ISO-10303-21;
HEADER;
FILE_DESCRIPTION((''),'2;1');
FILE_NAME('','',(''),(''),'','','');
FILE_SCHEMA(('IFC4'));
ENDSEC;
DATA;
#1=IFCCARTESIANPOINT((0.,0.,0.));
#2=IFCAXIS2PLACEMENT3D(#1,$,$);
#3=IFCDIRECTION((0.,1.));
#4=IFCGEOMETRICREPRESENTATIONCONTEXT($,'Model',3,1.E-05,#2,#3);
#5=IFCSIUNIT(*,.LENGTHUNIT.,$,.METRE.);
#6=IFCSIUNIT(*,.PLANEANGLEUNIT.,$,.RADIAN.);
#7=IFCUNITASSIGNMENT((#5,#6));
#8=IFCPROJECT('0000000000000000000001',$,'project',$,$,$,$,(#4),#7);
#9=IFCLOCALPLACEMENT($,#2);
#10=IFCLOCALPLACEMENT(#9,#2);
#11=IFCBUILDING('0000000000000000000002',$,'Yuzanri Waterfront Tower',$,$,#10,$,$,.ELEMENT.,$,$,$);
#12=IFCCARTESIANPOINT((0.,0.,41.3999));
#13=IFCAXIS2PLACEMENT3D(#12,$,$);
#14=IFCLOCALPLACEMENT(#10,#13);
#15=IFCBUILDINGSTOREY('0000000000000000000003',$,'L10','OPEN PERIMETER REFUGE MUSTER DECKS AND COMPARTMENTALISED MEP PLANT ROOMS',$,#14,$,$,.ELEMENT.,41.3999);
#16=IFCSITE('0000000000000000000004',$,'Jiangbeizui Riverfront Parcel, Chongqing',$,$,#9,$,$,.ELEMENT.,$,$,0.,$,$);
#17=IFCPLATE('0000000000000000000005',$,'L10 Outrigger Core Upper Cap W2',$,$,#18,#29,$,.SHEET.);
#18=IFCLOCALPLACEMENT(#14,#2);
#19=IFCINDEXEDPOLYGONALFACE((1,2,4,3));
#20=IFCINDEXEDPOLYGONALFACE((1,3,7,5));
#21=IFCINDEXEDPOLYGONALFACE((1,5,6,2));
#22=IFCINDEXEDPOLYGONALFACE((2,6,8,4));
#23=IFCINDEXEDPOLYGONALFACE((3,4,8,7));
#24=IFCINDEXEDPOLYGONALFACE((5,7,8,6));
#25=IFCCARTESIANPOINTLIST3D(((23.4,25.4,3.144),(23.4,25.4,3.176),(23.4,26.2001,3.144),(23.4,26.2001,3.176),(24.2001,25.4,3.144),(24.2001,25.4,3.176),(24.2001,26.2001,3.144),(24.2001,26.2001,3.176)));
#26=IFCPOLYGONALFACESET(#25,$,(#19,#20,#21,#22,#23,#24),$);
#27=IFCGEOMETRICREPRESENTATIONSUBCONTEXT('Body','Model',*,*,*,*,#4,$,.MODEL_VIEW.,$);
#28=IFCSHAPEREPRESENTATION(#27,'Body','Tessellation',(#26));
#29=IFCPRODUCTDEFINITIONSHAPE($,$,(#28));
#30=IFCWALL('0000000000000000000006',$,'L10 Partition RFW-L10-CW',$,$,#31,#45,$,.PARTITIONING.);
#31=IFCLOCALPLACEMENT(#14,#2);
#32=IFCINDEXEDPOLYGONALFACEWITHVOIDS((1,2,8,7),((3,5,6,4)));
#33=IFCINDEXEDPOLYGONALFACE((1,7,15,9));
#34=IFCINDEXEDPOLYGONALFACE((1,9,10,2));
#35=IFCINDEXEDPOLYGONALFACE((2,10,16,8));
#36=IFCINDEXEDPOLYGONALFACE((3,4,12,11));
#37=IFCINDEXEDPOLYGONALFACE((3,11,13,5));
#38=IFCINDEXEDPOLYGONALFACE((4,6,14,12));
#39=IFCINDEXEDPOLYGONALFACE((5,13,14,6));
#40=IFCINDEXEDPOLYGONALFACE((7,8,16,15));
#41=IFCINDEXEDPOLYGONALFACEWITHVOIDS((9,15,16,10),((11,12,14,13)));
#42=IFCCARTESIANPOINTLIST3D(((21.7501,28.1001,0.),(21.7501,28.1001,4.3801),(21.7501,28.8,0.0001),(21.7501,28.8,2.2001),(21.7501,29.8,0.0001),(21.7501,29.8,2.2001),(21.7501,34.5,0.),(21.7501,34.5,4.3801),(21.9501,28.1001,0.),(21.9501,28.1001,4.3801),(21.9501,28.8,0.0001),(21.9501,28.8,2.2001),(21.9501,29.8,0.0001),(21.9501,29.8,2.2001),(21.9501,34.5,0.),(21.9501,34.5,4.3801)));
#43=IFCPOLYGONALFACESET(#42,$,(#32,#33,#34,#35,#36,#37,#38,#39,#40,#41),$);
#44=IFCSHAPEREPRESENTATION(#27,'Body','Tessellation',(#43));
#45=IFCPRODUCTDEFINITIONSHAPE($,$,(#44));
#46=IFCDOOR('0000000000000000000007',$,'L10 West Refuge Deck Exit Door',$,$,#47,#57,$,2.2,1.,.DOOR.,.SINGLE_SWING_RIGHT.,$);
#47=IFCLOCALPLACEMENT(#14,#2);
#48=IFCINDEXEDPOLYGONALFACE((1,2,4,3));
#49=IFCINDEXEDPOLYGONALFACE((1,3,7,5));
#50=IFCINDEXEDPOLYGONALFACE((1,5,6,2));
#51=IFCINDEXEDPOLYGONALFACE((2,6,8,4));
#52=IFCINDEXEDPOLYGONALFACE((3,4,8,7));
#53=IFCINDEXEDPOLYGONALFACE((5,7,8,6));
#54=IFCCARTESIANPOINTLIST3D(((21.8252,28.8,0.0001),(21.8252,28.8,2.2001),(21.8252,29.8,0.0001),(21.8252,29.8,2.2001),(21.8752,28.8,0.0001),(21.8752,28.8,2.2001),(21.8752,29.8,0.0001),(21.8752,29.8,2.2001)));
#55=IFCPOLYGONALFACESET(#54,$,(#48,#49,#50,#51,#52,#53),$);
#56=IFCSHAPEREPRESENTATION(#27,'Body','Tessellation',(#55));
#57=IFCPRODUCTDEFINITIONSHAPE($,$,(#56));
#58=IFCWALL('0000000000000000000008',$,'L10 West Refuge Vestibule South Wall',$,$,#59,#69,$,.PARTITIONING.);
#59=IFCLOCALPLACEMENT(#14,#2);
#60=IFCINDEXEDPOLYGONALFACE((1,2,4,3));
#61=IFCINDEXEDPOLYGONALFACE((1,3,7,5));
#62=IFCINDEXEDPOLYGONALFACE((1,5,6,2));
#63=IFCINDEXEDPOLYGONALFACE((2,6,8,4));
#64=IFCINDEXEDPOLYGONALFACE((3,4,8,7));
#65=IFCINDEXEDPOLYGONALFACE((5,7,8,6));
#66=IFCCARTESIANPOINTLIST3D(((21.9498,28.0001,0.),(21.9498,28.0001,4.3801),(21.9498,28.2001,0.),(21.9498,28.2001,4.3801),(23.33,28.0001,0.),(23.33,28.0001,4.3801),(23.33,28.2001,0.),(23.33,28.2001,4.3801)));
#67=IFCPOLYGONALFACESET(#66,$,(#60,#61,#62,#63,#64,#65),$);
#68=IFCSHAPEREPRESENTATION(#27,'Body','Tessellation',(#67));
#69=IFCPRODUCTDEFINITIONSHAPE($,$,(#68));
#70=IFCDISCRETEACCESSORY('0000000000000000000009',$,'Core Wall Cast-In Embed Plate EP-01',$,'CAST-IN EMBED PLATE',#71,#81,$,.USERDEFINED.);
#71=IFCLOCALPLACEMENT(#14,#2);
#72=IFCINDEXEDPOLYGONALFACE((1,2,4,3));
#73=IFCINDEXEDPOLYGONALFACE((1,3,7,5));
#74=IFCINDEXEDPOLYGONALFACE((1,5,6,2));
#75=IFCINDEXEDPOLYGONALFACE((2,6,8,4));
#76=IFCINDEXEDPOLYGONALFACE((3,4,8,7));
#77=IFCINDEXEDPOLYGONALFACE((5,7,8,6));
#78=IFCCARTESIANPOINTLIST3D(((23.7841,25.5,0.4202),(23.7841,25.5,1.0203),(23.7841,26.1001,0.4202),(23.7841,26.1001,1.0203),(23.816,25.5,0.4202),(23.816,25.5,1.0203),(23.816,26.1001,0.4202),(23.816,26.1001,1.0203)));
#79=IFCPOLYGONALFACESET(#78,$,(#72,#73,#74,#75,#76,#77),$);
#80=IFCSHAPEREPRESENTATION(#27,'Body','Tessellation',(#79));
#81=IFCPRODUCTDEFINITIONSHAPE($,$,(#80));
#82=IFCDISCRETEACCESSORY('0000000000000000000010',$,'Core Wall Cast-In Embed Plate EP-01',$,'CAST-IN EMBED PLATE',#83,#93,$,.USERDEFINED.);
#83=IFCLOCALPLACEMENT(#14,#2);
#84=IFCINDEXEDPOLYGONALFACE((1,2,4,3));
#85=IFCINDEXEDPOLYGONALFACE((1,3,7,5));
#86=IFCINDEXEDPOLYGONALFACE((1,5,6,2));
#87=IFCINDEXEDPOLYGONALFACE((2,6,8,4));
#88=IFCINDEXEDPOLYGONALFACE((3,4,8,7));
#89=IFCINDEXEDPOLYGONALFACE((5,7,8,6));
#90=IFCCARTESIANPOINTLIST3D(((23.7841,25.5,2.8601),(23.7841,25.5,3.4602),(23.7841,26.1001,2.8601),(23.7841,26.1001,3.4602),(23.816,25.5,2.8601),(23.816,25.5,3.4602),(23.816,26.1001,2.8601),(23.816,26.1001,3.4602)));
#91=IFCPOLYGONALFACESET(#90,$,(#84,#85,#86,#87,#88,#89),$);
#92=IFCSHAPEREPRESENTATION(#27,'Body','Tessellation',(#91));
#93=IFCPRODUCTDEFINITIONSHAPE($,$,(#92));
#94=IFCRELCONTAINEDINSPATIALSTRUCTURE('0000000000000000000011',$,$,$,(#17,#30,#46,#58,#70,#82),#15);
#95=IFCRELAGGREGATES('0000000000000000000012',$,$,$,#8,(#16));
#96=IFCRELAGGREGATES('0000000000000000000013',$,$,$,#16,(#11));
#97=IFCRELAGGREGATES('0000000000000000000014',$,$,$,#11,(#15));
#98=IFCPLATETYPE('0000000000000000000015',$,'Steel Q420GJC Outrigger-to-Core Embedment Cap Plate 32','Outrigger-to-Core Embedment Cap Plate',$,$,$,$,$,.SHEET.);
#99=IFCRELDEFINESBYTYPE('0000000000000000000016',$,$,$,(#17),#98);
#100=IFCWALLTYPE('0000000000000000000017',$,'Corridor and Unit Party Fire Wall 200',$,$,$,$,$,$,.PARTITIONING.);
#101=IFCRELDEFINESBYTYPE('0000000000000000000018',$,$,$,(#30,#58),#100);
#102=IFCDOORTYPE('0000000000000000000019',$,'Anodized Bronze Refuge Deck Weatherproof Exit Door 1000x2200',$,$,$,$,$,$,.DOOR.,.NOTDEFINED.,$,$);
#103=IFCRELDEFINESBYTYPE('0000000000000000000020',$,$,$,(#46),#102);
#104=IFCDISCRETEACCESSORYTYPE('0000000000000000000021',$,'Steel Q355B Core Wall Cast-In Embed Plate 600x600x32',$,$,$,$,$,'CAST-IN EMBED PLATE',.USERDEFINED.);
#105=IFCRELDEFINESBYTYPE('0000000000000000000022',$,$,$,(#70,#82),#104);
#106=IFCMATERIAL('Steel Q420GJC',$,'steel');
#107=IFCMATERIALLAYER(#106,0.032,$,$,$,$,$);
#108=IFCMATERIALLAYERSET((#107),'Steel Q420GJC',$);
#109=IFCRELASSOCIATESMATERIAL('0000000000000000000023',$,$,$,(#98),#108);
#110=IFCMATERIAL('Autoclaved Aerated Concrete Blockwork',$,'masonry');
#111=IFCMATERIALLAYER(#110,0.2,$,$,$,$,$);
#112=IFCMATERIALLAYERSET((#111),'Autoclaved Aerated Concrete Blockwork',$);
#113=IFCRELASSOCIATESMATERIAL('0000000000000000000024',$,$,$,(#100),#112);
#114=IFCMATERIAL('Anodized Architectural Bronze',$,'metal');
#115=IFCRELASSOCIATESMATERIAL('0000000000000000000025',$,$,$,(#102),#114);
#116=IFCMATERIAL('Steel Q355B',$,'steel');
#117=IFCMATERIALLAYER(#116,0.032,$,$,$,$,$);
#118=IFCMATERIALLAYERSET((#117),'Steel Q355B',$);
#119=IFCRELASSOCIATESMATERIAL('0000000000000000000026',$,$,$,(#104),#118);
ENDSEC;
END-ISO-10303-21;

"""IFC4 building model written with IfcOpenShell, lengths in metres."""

from ifc_helpers import new_model, si_unit, direction, frame, frame_2d, origin, origin_2d, place, context, subcontext, project, spatial, rectangle, extrude, source, transform, mapped, material, layer, layer_set, type_object, element, fill, save


model = new_model("IFC4")

# Units and contexts
model_context = context("Model", 3, precision=1e-05, world=origin(), true_north=direction((0.0, 1.0)))
body_context = subcontext(model_context, "Body", "Model", "MODEL_VIEW")
ifc_project = project(units=[si_unit("LENGTHUNIT", "METRE"), si_unit("PLANEANGLEUNIT", "RADIAN")], contexts=[model_context])

# Site, building, storey
site_placement = place(None, origin())
site = spatial("IfcSite", under=ifc_project, at=site_placement, Name="Jiangbeizui Riverfront Parcel, Chongqing", CompositionType="ELEMENT", RefElevation=0.0)
building_placement = place(site_placement, origin())
building = spatial("IfcBuilding", under=site, at=building_placement, Name="Yuzanri Waterfront Tower", CompositionType="ELEMENT")
storey_placement = place(building_placement, frame((0.0, 0.0, 41.3999)))
storey = spatial("IfcBuildingStorey", under=building, at=storey_placement, Name="L10", Description="OPEN PERIMETER REFUGE MUSTER DECKS AND COMPARTMENTALISED MEP PLANT ROOMS", CompositionType="ELEMENT", Elevation=41.3999)

# Plate
ifc_material_1 = material(Name="Steel Q420GJC", Category="steel")
ifc_layer_1 = layer(ifc_material_1, 0.032)
ifc_layer_set_1 = layer_set([ifc_layer_1], Name="Steel Q420GJC")
plate_type = type_object("IfcPlateType", Name="Steel Q420GJC Outrigger-to-Core Embedment Cap Plate 32", Description="Outrigger-to-Core Embedment Cap Plate", PredefinedType="SHEET", material=ifc_layer_set_1)
shared_shape_1 = source(origin(), body_context, "Body", "SweptSolid", [
    extrude(rectangle(XDim=0.8, YDim=0.8, at=origin_2d()), origin(), (0.0, 0.0, 1.0), 0.032),
])
for number, where, z_axis, x_axis, name in (
    (1, (23.8, 25.8, 3.144), (0.0, 0.0, 1.0), (1.0, 0.0, 0.0), "L10 Outrigger Core Upper Cap W2"),
):
    element("IfcPlate", number, at=place(storey_placement, frame(where, z_axis=z_axis, x_axis=x_axis)), inside=storey, type_object=plate_type, Name=name, PredefinedType="SHEET", context=body_context, shape_type="MappedRepresentation", body=[
        mapped(shared_shape_1, transform((0.0, 0.0, 0.0), scale=1.0)),
    ])

# Wall, opening, door
ifc_material_2 = material(Name="Autoclaved Aerated Concrete Blockwork", Category="masonry")
ifc_layer_2 = layer(ifc_material_2, 0.2)
ifc_layer_set_2 = layer_set([ifc_layer_2], Name="Autoclaved Aerated Concrete Blockwork")
wall_type_1 = type_object("IfcWallType", Name="Corridor and Unit Party Fire Wall 200", PredefinedType="PARTITIONING", material=ifc_layer_set_2)
wall_1_placement = place(storey_placement, frame((21.8501, 28.1001, 0.0), z_axis=(0.0, 0.0, 1.0), x_axis=(0.0, 1.0, 0.0)))
wall_1 = element("IfcWall", 2, at=wall_1_placement, inside=storey, type_object=wall_type_1, Name="L10 Partition RFW-L10-CW", PredefinedType="PARTITIONING", context=body_context, shape_type="SweptSolid", body=[
    extrude(rectangle(XDim=6.3999, YDim=0.2, at=frame_2d((3.2, 0.0))), origin(), (0.0, 0.0, 1.0), 4.3801),
])
opening_1_placement = place(wall_1_placement, frame((0.7, 0.0, 0.0)))
opening_1 = element("IfcOpeningElement", 3, at=opening_1_placement, cuts=wall_1, PredefinedType="OPENING", context=body_context, shape_type="SweptSolid", body=[
    extrude(rectangle(XDim=1.0, YDim=2.2, at=frame_2d((0.5, 1.1001))), frame((0.0, 0.1147, 0.0), z_axis=(0.0, -1.0, 0.0), x_axis=(1.0, 0.0, 0.0)), (0.0, 0.0, 1.0), 0.2297),
])
ifc_material_3 = material(Name="Anodized Architectural Bronze", Category="metal")
door_type_1 = type_object("IfcDoorType", Name="Anodized Bronze Refuge Deck Weatherproof Exit Door 1000x2200", OperationType="NOTDEFINED", PredefinedType="DOOR", material=ifc_material_3)
shared_shape_2 = source(origin(), body_context, "Body", "SweptSolid", [
    extrude(rectangle(XDim=1.0, YDim=2.2, at=frame_2d((0.5, 1.1001))), frame((0.0, 0.0249, 0.0), z_axis=(0.0, -1.0, 0.0), x_axis=(1.0, 0.0, 0.0)), (0.0, 0.0, 1.0), 0.05),
])
door_1_placement = place(opening_1_placement, origin())
door_1 = element("IfcDoor", 4, at=door_1_placement, inside=storey, type_object=door_type_1, Name="L10 West Refuge Deck Exit Door", OperationType="SINGLE_SWING_RIGHT", OverallHeight=2.2, OverallWidth=1.0, PredefinedType="DOOR", context=body_context, shape_type="MappedRepresentation", body=[
    mapped(shared_shape_2, transform((0.0, 0.0, 0.0), scale=1.0)),
])
fill(opening_1, door_1)

# Wall
shared_shape_3 = source(origin(), body_context, "Body", "SweptSolid", [
    extrude(rectangle(XDim=1.3801, YDim=0.2, at=frame_2d((0.6899, 0.0))), origin(), (0.0, 0.0, 1.0), 4.3801),
])
wall_2_placement = place(storey_placement, frame((21.95, 28.1001, 0.0), z_axis=(0.0, 0.0, 1.0), x_axis=(1.0, 0.0, 0.0)))
element("IfcWall", 5, at=wall_2_placement, inside=storey, type_object=wall_type_1, Name="L10 West Refuge Vestibule South Wall", PredefinedType="PARTITIONING", context=body_context, shape_type="MappedRepresentation", body=[
    mapped(shared_shape_3, transform((0.0, 0.0, 0.0), scale=1.0)),
])

# Discrete accessories
ifc_material_4 = material(Name="Steel Q355B", Category="steel")
ifc_layer_3 = layer(ifc_material_4, 0.032)
ifc_layer_set_3 = layer_set([ifc_layer_3], Name="Steel Q355B")
discrete_accessory_type = type_object("IfcDiscreteAccessoryType", Name="Steel Q355B Core Wall Cast-In Embed Plate 600x600x32", ElementType="CAST-IN EMBED PLATE", PredefinedType="USERDEFINED", material=ifc_layer_set_3)
shared_shape_4 = source(origin(), body_context, "Body", "SweptSolid", [
    extrude(rectangle(XDim=0.6001, YDim=0.032, at=origin_2d()), origin(), (0.0, 0.0, 1.0), 0.6001),
])
for number, where, z_axis, x_axis, name in (
    (6, (23.8, 25.8, 0.4202), (0.0, 0.0, 1.0), (0.0, 1.0, 0.0), "Core Wall Cast-In Embed Plate EP-01"),
    (7, (23.8, 25.8, 2.8601), (0.0, 0.0, 1.0), (0.0, 1.0, 0.0), "Core Wall Cast-In Embed Plate EP-01"),
):
    element("IfcDiscreteAccessory", number, at=place(storey_placement, frame(where, z_axis=z_axis, x_axis=x_axis)), inside=storey, type_object=discrete_accessory_type, Name=name, ObjectType="CAST-IN EMBED PLATE", PredefinedType="USERDEFINED", context=body_context, shape_type="MappedRepresentation", body=[
        mapped(shared_shape_4, transform((0.0, 0.0, 0.0), scale=1.0)),
    ])

save(model, "model.ifc")
